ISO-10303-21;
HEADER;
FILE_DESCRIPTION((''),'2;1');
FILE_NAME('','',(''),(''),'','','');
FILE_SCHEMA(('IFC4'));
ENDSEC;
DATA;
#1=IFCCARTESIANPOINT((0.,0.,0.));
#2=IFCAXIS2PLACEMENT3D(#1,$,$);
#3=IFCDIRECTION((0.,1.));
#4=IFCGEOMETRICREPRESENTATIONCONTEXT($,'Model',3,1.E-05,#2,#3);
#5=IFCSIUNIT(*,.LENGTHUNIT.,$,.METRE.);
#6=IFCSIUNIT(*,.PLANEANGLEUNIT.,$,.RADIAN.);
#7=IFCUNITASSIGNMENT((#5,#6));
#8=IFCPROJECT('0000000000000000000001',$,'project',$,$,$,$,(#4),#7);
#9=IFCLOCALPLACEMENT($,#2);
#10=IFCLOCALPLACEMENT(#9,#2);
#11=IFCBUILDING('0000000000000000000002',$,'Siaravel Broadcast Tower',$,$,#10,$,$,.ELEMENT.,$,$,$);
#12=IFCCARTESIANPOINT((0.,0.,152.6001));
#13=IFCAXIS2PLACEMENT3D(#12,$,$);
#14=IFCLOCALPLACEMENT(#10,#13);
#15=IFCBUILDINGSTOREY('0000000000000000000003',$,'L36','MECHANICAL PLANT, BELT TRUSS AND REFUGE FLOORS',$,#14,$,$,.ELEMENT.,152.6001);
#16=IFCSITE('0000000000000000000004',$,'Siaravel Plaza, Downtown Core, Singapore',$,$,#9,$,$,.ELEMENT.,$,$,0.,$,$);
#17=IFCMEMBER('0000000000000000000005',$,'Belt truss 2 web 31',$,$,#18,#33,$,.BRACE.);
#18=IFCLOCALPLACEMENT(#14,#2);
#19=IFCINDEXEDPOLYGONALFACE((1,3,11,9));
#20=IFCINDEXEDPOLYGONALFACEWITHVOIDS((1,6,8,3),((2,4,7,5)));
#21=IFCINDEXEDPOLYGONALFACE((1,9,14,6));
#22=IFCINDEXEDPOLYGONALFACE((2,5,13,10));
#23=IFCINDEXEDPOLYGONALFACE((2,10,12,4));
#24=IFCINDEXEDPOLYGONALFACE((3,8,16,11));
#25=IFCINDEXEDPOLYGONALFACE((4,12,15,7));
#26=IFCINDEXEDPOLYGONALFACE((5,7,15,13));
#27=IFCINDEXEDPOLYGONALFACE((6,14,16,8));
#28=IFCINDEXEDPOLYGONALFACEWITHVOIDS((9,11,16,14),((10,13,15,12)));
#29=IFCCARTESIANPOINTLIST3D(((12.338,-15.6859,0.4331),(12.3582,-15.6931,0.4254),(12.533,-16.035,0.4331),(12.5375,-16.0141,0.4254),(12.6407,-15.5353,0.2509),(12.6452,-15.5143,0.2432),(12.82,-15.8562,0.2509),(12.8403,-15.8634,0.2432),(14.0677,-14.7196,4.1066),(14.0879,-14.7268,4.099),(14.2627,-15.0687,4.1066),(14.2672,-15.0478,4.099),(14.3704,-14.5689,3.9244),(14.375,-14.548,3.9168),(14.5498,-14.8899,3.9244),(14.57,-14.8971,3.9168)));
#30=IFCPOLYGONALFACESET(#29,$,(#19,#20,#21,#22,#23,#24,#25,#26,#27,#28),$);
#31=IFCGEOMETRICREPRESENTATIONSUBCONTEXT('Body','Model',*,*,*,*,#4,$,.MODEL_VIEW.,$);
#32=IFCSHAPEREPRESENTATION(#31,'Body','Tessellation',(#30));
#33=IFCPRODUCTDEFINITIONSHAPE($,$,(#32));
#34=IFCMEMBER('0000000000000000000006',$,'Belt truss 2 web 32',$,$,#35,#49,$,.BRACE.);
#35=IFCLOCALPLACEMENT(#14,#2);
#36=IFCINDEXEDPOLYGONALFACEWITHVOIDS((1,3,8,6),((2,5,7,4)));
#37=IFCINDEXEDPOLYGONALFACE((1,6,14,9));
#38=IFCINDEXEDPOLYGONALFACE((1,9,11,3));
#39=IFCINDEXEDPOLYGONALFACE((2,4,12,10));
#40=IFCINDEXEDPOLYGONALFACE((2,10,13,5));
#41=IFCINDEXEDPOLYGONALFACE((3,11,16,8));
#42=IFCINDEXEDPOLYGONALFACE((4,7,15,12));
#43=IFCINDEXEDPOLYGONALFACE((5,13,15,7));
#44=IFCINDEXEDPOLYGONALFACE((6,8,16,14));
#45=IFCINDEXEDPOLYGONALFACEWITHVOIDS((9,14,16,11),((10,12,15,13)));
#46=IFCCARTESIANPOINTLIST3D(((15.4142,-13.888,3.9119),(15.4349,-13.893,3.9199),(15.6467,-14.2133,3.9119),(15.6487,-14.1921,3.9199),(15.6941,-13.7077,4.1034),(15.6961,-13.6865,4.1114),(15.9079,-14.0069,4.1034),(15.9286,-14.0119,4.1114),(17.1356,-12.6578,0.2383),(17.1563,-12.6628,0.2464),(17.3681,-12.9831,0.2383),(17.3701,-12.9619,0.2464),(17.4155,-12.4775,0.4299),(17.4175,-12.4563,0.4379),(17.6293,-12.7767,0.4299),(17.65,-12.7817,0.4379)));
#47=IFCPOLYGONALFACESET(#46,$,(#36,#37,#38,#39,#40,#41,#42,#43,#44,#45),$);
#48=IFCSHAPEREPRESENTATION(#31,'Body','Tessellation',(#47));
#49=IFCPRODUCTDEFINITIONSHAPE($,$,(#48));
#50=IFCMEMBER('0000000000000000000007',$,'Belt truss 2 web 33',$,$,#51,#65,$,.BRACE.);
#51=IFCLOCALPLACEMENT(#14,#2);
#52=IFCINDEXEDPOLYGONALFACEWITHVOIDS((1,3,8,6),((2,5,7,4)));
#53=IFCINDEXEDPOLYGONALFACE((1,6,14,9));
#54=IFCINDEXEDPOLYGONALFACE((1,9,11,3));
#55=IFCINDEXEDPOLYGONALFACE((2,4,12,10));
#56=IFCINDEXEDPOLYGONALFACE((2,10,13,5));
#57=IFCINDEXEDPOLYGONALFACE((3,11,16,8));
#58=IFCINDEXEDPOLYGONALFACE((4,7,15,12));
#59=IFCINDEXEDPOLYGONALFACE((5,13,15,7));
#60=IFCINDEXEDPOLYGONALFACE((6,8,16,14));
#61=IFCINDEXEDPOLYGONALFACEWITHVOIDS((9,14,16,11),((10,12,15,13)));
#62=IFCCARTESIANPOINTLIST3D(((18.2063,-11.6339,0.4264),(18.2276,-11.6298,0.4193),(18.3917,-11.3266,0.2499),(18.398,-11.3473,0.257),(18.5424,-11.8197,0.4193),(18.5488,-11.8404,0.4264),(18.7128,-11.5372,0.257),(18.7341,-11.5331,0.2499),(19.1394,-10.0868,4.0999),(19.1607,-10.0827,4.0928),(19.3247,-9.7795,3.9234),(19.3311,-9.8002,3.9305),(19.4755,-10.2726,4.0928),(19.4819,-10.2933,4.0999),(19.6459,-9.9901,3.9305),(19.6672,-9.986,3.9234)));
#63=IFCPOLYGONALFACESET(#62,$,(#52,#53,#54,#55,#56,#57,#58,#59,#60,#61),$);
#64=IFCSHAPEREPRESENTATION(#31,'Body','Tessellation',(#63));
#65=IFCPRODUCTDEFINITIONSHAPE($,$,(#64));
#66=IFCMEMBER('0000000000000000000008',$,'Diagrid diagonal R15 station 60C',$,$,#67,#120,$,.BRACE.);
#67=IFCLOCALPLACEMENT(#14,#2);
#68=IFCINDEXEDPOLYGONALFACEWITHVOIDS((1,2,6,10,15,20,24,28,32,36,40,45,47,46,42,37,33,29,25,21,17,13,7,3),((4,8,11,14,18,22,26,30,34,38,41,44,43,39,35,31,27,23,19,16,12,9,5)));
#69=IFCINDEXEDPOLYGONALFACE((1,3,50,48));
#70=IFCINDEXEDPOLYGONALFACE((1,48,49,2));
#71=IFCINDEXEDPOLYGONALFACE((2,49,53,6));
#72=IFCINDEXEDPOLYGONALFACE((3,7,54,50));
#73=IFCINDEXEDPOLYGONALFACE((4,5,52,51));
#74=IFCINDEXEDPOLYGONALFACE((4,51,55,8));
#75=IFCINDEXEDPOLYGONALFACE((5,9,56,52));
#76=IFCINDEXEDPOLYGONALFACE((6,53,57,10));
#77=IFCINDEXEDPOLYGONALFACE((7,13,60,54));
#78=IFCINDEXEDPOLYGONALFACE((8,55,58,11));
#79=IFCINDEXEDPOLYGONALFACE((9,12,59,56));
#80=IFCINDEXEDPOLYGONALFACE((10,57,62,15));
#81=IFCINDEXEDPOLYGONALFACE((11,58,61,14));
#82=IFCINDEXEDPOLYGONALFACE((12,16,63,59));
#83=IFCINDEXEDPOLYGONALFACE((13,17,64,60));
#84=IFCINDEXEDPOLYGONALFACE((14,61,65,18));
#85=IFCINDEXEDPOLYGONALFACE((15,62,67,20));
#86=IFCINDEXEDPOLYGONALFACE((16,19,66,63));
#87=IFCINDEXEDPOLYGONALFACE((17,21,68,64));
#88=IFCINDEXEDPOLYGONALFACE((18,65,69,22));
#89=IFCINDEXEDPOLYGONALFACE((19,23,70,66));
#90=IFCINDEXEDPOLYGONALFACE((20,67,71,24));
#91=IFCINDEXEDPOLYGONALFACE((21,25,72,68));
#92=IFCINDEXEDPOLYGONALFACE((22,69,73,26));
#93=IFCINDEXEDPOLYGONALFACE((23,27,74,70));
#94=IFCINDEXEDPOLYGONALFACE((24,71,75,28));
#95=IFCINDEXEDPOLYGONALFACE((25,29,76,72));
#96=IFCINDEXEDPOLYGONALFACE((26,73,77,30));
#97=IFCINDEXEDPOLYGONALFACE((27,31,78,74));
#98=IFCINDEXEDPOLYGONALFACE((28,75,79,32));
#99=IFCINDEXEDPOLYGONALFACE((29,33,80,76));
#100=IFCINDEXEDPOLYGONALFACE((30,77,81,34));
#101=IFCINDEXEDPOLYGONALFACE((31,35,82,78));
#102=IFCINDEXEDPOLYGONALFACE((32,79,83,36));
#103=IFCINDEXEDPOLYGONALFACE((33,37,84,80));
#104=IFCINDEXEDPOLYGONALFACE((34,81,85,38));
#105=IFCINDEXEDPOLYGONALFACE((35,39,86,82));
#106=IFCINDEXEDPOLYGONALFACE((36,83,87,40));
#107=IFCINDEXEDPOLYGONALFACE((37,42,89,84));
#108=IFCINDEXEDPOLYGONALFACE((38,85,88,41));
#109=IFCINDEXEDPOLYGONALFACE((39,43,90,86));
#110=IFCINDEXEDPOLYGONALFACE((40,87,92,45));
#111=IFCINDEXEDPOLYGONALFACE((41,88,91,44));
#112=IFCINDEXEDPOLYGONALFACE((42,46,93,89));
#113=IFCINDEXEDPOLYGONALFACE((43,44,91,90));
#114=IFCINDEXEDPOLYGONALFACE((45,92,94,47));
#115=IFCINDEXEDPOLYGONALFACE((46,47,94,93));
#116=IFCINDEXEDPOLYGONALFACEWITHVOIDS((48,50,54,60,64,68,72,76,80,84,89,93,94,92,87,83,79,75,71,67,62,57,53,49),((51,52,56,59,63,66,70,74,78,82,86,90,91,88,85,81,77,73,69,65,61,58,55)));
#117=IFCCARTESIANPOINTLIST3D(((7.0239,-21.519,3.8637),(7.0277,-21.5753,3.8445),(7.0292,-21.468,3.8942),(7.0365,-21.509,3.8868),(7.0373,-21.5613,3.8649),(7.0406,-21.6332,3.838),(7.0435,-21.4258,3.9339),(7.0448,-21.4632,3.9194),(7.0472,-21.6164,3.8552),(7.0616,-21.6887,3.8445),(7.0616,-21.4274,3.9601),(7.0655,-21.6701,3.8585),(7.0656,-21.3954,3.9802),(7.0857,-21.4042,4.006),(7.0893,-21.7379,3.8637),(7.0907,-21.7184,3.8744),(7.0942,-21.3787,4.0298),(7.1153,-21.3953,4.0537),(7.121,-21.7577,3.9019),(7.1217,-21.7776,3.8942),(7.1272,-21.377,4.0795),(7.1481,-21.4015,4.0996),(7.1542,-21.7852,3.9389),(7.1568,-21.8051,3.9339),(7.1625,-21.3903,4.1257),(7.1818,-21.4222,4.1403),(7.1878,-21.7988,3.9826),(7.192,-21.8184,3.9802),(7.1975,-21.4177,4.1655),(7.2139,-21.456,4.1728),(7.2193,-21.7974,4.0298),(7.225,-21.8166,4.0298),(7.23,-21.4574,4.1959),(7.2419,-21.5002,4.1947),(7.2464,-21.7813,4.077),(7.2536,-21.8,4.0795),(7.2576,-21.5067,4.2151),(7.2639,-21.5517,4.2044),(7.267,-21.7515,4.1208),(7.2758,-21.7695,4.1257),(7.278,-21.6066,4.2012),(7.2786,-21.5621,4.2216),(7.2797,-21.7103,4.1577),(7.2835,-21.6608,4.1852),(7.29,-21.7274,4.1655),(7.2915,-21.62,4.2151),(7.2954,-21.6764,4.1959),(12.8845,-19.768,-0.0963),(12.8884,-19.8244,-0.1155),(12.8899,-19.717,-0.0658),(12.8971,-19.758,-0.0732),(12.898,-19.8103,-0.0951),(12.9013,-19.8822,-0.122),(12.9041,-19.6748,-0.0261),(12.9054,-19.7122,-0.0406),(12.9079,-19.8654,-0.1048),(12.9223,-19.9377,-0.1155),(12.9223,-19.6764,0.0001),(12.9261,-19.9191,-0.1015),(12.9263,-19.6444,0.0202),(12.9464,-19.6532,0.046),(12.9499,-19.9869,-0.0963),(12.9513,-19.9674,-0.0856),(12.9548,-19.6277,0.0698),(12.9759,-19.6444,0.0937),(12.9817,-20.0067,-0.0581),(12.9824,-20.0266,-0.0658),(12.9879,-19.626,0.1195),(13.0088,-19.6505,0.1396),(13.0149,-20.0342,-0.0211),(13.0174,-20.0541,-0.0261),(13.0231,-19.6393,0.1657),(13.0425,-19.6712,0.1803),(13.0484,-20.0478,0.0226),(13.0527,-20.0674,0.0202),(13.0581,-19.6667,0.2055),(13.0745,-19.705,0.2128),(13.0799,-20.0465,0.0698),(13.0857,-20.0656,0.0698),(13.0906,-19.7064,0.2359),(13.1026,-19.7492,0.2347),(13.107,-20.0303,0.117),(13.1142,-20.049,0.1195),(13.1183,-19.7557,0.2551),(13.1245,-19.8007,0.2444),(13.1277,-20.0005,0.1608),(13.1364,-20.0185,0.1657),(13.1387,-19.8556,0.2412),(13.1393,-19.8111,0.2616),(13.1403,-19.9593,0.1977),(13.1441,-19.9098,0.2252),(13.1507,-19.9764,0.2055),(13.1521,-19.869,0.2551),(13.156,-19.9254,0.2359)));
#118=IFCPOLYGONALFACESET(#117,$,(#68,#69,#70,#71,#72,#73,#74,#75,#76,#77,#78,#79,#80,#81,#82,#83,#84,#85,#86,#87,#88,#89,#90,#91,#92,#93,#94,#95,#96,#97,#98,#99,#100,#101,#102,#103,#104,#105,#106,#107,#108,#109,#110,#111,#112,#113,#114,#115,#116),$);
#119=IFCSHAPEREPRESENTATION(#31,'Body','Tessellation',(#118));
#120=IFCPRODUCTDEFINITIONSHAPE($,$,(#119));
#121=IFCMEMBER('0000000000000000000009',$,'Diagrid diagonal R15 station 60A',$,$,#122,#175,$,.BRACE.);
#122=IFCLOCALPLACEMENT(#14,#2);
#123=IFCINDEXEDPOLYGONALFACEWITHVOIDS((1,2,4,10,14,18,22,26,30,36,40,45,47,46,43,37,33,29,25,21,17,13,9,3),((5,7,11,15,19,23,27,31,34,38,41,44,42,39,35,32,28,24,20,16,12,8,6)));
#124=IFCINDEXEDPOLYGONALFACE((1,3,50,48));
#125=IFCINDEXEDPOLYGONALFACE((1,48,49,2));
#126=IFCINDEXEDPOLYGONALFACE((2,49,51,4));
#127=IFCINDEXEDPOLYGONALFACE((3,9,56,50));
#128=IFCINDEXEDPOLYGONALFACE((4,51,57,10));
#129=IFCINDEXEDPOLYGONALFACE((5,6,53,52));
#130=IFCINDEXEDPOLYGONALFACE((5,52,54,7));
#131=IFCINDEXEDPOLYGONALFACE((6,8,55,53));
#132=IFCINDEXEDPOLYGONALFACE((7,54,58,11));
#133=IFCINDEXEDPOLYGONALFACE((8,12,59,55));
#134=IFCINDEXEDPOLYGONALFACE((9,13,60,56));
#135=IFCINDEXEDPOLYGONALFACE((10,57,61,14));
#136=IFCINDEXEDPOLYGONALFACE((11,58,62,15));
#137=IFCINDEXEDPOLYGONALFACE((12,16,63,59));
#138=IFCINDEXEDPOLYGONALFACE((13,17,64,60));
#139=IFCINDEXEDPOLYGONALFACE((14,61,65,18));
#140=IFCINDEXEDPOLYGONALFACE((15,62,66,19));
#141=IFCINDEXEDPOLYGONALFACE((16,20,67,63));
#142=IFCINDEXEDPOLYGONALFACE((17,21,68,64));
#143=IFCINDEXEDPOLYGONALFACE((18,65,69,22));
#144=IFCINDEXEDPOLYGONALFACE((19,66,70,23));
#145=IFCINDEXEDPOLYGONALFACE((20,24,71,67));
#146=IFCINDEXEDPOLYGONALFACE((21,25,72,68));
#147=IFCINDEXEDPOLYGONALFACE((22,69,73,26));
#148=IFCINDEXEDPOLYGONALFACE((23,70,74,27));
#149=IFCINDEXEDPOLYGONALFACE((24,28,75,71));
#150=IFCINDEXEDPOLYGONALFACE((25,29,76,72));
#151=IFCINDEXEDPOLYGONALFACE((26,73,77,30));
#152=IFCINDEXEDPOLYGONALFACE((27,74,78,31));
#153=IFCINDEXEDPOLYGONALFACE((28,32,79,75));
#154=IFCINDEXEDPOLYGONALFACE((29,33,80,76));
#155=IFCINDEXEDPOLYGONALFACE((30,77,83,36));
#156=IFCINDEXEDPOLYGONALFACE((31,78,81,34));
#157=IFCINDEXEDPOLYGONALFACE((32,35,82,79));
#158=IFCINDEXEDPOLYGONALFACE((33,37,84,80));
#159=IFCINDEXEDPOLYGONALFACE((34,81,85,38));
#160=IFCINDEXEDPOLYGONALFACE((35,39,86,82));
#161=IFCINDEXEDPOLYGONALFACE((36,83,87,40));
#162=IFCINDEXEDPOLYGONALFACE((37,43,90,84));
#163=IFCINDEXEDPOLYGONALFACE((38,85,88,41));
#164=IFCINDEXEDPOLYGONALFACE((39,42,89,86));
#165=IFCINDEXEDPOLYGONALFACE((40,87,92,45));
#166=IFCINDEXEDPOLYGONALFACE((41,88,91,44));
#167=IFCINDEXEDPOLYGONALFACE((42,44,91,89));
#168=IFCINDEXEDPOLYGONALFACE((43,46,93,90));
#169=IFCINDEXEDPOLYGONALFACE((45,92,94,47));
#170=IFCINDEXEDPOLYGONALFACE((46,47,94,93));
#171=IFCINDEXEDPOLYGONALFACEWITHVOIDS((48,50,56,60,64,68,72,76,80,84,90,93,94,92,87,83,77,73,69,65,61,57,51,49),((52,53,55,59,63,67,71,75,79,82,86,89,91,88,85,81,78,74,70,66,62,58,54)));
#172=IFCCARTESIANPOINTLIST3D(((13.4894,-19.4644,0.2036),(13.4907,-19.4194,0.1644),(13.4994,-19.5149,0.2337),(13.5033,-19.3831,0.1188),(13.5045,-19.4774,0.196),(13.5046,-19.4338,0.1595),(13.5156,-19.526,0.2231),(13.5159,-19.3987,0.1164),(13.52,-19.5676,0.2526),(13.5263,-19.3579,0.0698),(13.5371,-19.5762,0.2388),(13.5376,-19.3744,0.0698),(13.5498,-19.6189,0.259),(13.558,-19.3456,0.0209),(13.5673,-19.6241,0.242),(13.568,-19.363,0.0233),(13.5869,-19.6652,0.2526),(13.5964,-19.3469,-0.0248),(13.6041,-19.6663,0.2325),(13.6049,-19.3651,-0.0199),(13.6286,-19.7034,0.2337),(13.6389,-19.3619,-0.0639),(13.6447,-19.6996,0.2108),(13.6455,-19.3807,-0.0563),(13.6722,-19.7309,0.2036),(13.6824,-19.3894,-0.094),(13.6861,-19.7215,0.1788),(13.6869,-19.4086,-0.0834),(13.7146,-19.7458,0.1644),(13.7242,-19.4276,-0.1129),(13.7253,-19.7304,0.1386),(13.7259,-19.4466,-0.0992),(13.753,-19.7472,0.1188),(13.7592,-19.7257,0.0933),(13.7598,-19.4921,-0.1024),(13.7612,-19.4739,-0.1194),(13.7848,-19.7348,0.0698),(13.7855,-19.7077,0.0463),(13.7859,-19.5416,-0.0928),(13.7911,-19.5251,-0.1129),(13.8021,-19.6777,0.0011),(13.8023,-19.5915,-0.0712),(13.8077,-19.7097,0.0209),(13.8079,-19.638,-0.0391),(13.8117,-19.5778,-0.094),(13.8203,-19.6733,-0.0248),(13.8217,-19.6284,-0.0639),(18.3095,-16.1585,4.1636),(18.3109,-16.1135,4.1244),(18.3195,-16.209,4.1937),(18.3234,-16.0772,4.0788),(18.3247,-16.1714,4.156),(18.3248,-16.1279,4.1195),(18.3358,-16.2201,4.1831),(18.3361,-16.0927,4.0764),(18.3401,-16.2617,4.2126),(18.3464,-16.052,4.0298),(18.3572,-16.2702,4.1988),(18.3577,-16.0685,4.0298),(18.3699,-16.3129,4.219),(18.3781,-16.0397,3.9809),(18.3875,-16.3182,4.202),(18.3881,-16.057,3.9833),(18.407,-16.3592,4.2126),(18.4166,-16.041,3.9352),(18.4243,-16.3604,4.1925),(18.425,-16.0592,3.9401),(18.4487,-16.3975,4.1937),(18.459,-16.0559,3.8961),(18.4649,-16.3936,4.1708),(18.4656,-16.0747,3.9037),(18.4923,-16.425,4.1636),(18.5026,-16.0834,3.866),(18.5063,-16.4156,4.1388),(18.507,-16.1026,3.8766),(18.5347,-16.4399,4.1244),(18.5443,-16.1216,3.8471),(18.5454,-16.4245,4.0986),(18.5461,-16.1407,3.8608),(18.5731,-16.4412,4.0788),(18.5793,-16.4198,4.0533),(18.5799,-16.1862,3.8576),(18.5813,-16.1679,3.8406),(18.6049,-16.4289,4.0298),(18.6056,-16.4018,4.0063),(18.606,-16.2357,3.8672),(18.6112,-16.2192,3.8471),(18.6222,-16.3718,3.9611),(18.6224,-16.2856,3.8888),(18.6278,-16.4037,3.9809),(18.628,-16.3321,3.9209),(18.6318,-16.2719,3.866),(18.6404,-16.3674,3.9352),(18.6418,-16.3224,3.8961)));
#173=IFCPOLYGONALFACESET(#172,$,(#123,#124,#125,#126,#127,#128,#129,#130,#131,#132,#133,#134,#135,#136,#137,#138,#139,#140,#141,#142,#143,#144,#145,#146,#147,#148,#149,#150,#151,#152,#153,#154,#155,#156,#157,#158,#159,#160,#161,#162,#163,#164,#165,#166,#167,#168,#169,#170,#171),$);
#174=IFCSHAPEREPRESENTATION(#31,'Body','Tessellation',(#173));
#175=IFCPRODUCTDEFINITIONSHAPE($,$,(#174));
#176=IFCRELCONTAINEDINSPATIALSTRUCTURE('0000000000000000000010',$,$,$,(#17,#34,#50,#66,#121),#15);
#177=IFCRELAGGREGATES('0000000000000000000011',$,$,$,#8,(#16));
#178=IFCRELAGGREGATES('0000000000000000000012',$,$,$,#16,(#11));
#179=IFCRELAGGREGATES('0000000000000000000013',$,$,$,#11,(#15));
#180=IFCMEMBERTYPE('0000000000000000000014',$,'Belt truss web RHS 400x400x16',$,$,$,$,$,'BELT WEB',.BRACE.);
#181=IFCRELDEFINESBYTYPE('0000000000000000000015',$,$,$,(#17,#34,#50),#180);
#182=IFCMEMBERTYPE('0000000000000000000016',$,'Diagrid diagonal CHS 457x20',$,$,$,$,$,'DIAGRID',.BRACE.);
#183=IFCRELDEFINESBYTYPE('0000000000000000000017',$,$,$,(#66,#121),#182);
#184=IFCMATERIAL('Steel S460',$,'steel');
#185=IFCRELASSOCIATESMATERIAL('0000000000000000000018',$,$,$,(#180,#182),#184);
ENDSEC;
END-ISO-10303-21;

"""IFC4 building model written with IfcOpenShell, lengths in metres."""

from ifc_helpers import new_model, si_unit, direction, frame, origin, origin_2d, place, context, subcontext, project, spatial, hollow_rectangle, hollow_circle, extrude, material, material_profile, profile_set, type_object, element, save


model = new_model("IFC4")

# Units and contexts
model_context = context("Model", 3, precision=1e-05, world=origin(), true_north=direction((0.0, 1.0)))
body_context = subcontext(model_context, "Body", "Model", "MODEL_VIEW")
ifc_project = project(units=[si_unit("LENGTHUNIT", "METRE"), si_unit("PLANEANGLEUNIT", "RADIAN")], contexts=[model_context])

# Site, building, storey
site_placement = place(None, origin())
site = spatial("IfcSite", under=ifc_project, at=site_placement, Name="Siaravel Plaza, Downtown Core, Singapore", CompositionType="ELEMENT", RefElevation=0.0)
building_placement = place(site_placement, origin())
building = spatial("IfcBuilding", under=site, at=building_placement, Name="Siaravel Broadcast Tower", CompositionType="ELEMENT")
storey_placement = place(building_placement, frame((0.0, 0.0, 152.6001)))
storey = spatial("IfcBuildingStorey", under=building, at=storey_placement, Name="L36", Description="MECHANICAL PLANT, BELT TRUSS AND REFUGE FLOORS", CompositionType="ELEMENT", Elevation=152.6001)

# Shared definitions
ifc_material_1 = material(Name="Steel S460", Category="steel")

# Members
ifc_material_profile_1 = material_profile(ifc_material_1, hollow_rectangle(XDim=0.3999, YDim=0.3999, WallThickness=0.0161, at=origin_2d()))
ifc_profile_set_1 = profile_set([ifc_material_profile_1], Name="Steel S460")
member_type_1 = type_object("IfcMemberType", Name="Belt truss web RHS 400x400x16", ElementType="BELT WEB", PredefinedType="BRACE", material=ifc_profile_set_1)
member_1_placement = place(storey_placement, frame((12.5891, -15.7747, 0.3381), z_axis=(0.414423, 0.231515, 0.880144), x_axis=(-0.487703, 0.87301, 0.0)))
element("IfcMember", 1, at=member_1_placement, inside=storey, type_object=member_type_1, Name="Belt truss 2 web 31", PredefinedType="BRACE", context=body_context, shape_type="SweptSolid", body=[
    extrude(hollow_rectangle(XDim=0.3999, YDim=0.3999, WallThickness=0.0161, at=origin_2d()), origin(), (0.0, 0.0, 1.0), 4.1738),
])
member_2_placement = place(storey_placement, frame((17.3928, -12.7197, 0.3381), z_axis=(-0.406062, -0.290192, 0.866546), x_axis=(0.581435, -0.813593, 0.0)))
element("IfcMember", 2, at=member_2_placement, inside=storey, type_object=member_type_1, Name="Belt truss 2 web 32", PredefinedType="BRACE", context=body_context, shape_type="SweptSolid", body=[
    extrude(hollow_rectangle(XDim=0.3999, YDim=0.3999, WallThickness=0.0161, at=origin_2d()), origin(), (0.0, 0.0, 1.0), 4.2393),
])
member_3_placement = place(storey_placement, frame((18.4702, -11.5835, 0.3381), z_axis=(0.227929, 0.377914, 0.897345), x_axis=(-0.85631, 0.516462, 0.0)))
element("IfcMember", 3, at=member_3_placement, inside=storey, type_object=member_type_1, Name="Belt truss 2 web 33", PredefinedType="BRACE", context=body_context, shape_type="SweptSolid", body=[
    extrude(hollow_rectangle(XDim=0.3999, YDim=0.3999, WallThickness=0.0161, at=origin_2d()), origin(), (0.0, 0.0, 1.0), 4.0938),
])
ifc_material_profile_2 = material_profile(ifc_material_1, hollow_circle(Radius=0.2285, WallThickness=0.02, at=origin_2d()))
ifc_profile_set_2 = profile_set([ifc_material_profile_2], Name="Steel S460")
member_type_2 = type_object("IfcMemberType", Name="Diagrid diagonal CHS 457x20", ElementType="DIAGRID", PredefinedType="BRACE", material=ifc_profile_set_2)
member_4_placement = place(storey_placement, frame((13.0203, -19.8467, 0.0698), z_axis=(-0.804303, -0.240303, 0.543462), x_axis=(0.286267, -0.95815, 0.0)))
element("IfcMember", 4, at=member_4_placement, inside=storey, type_object=member_type_2, Name="Diagrid diagonal R15 station 60C", PredefinedType="BRACE", context=body_context, shape_type="SweptSolid", body=[
    extrude(hollow_circle(Radius=0.2285, WallThickness=0.02, at=origin_2d()), origin(), (0.0, 0.0, 1.0), 7.2866),
])
member_5_placement = place(storey_placement, frame((13.6555, -19.5464, 0.0698), z_axis=(0.682731, 0.46826, 0.560902), x_axis=(-0.565612, 0.824672, 0.0)))
element("IfcMember", 5, at=member_5_placement, inside=storey, type_object=member_type_2, Name="Diagrid diagonal R15 station 60A", PredefinedType="BRACE", context=body_context, shape_type="SweptSolid", body=[
    extrude(hollow_circle(Radius=0.2285, WallThickness=0.02, at=origin_2d()), origin(), (0.0, 0.0, 1.0), 7.0601),
])

save(model, "model.ifc")
